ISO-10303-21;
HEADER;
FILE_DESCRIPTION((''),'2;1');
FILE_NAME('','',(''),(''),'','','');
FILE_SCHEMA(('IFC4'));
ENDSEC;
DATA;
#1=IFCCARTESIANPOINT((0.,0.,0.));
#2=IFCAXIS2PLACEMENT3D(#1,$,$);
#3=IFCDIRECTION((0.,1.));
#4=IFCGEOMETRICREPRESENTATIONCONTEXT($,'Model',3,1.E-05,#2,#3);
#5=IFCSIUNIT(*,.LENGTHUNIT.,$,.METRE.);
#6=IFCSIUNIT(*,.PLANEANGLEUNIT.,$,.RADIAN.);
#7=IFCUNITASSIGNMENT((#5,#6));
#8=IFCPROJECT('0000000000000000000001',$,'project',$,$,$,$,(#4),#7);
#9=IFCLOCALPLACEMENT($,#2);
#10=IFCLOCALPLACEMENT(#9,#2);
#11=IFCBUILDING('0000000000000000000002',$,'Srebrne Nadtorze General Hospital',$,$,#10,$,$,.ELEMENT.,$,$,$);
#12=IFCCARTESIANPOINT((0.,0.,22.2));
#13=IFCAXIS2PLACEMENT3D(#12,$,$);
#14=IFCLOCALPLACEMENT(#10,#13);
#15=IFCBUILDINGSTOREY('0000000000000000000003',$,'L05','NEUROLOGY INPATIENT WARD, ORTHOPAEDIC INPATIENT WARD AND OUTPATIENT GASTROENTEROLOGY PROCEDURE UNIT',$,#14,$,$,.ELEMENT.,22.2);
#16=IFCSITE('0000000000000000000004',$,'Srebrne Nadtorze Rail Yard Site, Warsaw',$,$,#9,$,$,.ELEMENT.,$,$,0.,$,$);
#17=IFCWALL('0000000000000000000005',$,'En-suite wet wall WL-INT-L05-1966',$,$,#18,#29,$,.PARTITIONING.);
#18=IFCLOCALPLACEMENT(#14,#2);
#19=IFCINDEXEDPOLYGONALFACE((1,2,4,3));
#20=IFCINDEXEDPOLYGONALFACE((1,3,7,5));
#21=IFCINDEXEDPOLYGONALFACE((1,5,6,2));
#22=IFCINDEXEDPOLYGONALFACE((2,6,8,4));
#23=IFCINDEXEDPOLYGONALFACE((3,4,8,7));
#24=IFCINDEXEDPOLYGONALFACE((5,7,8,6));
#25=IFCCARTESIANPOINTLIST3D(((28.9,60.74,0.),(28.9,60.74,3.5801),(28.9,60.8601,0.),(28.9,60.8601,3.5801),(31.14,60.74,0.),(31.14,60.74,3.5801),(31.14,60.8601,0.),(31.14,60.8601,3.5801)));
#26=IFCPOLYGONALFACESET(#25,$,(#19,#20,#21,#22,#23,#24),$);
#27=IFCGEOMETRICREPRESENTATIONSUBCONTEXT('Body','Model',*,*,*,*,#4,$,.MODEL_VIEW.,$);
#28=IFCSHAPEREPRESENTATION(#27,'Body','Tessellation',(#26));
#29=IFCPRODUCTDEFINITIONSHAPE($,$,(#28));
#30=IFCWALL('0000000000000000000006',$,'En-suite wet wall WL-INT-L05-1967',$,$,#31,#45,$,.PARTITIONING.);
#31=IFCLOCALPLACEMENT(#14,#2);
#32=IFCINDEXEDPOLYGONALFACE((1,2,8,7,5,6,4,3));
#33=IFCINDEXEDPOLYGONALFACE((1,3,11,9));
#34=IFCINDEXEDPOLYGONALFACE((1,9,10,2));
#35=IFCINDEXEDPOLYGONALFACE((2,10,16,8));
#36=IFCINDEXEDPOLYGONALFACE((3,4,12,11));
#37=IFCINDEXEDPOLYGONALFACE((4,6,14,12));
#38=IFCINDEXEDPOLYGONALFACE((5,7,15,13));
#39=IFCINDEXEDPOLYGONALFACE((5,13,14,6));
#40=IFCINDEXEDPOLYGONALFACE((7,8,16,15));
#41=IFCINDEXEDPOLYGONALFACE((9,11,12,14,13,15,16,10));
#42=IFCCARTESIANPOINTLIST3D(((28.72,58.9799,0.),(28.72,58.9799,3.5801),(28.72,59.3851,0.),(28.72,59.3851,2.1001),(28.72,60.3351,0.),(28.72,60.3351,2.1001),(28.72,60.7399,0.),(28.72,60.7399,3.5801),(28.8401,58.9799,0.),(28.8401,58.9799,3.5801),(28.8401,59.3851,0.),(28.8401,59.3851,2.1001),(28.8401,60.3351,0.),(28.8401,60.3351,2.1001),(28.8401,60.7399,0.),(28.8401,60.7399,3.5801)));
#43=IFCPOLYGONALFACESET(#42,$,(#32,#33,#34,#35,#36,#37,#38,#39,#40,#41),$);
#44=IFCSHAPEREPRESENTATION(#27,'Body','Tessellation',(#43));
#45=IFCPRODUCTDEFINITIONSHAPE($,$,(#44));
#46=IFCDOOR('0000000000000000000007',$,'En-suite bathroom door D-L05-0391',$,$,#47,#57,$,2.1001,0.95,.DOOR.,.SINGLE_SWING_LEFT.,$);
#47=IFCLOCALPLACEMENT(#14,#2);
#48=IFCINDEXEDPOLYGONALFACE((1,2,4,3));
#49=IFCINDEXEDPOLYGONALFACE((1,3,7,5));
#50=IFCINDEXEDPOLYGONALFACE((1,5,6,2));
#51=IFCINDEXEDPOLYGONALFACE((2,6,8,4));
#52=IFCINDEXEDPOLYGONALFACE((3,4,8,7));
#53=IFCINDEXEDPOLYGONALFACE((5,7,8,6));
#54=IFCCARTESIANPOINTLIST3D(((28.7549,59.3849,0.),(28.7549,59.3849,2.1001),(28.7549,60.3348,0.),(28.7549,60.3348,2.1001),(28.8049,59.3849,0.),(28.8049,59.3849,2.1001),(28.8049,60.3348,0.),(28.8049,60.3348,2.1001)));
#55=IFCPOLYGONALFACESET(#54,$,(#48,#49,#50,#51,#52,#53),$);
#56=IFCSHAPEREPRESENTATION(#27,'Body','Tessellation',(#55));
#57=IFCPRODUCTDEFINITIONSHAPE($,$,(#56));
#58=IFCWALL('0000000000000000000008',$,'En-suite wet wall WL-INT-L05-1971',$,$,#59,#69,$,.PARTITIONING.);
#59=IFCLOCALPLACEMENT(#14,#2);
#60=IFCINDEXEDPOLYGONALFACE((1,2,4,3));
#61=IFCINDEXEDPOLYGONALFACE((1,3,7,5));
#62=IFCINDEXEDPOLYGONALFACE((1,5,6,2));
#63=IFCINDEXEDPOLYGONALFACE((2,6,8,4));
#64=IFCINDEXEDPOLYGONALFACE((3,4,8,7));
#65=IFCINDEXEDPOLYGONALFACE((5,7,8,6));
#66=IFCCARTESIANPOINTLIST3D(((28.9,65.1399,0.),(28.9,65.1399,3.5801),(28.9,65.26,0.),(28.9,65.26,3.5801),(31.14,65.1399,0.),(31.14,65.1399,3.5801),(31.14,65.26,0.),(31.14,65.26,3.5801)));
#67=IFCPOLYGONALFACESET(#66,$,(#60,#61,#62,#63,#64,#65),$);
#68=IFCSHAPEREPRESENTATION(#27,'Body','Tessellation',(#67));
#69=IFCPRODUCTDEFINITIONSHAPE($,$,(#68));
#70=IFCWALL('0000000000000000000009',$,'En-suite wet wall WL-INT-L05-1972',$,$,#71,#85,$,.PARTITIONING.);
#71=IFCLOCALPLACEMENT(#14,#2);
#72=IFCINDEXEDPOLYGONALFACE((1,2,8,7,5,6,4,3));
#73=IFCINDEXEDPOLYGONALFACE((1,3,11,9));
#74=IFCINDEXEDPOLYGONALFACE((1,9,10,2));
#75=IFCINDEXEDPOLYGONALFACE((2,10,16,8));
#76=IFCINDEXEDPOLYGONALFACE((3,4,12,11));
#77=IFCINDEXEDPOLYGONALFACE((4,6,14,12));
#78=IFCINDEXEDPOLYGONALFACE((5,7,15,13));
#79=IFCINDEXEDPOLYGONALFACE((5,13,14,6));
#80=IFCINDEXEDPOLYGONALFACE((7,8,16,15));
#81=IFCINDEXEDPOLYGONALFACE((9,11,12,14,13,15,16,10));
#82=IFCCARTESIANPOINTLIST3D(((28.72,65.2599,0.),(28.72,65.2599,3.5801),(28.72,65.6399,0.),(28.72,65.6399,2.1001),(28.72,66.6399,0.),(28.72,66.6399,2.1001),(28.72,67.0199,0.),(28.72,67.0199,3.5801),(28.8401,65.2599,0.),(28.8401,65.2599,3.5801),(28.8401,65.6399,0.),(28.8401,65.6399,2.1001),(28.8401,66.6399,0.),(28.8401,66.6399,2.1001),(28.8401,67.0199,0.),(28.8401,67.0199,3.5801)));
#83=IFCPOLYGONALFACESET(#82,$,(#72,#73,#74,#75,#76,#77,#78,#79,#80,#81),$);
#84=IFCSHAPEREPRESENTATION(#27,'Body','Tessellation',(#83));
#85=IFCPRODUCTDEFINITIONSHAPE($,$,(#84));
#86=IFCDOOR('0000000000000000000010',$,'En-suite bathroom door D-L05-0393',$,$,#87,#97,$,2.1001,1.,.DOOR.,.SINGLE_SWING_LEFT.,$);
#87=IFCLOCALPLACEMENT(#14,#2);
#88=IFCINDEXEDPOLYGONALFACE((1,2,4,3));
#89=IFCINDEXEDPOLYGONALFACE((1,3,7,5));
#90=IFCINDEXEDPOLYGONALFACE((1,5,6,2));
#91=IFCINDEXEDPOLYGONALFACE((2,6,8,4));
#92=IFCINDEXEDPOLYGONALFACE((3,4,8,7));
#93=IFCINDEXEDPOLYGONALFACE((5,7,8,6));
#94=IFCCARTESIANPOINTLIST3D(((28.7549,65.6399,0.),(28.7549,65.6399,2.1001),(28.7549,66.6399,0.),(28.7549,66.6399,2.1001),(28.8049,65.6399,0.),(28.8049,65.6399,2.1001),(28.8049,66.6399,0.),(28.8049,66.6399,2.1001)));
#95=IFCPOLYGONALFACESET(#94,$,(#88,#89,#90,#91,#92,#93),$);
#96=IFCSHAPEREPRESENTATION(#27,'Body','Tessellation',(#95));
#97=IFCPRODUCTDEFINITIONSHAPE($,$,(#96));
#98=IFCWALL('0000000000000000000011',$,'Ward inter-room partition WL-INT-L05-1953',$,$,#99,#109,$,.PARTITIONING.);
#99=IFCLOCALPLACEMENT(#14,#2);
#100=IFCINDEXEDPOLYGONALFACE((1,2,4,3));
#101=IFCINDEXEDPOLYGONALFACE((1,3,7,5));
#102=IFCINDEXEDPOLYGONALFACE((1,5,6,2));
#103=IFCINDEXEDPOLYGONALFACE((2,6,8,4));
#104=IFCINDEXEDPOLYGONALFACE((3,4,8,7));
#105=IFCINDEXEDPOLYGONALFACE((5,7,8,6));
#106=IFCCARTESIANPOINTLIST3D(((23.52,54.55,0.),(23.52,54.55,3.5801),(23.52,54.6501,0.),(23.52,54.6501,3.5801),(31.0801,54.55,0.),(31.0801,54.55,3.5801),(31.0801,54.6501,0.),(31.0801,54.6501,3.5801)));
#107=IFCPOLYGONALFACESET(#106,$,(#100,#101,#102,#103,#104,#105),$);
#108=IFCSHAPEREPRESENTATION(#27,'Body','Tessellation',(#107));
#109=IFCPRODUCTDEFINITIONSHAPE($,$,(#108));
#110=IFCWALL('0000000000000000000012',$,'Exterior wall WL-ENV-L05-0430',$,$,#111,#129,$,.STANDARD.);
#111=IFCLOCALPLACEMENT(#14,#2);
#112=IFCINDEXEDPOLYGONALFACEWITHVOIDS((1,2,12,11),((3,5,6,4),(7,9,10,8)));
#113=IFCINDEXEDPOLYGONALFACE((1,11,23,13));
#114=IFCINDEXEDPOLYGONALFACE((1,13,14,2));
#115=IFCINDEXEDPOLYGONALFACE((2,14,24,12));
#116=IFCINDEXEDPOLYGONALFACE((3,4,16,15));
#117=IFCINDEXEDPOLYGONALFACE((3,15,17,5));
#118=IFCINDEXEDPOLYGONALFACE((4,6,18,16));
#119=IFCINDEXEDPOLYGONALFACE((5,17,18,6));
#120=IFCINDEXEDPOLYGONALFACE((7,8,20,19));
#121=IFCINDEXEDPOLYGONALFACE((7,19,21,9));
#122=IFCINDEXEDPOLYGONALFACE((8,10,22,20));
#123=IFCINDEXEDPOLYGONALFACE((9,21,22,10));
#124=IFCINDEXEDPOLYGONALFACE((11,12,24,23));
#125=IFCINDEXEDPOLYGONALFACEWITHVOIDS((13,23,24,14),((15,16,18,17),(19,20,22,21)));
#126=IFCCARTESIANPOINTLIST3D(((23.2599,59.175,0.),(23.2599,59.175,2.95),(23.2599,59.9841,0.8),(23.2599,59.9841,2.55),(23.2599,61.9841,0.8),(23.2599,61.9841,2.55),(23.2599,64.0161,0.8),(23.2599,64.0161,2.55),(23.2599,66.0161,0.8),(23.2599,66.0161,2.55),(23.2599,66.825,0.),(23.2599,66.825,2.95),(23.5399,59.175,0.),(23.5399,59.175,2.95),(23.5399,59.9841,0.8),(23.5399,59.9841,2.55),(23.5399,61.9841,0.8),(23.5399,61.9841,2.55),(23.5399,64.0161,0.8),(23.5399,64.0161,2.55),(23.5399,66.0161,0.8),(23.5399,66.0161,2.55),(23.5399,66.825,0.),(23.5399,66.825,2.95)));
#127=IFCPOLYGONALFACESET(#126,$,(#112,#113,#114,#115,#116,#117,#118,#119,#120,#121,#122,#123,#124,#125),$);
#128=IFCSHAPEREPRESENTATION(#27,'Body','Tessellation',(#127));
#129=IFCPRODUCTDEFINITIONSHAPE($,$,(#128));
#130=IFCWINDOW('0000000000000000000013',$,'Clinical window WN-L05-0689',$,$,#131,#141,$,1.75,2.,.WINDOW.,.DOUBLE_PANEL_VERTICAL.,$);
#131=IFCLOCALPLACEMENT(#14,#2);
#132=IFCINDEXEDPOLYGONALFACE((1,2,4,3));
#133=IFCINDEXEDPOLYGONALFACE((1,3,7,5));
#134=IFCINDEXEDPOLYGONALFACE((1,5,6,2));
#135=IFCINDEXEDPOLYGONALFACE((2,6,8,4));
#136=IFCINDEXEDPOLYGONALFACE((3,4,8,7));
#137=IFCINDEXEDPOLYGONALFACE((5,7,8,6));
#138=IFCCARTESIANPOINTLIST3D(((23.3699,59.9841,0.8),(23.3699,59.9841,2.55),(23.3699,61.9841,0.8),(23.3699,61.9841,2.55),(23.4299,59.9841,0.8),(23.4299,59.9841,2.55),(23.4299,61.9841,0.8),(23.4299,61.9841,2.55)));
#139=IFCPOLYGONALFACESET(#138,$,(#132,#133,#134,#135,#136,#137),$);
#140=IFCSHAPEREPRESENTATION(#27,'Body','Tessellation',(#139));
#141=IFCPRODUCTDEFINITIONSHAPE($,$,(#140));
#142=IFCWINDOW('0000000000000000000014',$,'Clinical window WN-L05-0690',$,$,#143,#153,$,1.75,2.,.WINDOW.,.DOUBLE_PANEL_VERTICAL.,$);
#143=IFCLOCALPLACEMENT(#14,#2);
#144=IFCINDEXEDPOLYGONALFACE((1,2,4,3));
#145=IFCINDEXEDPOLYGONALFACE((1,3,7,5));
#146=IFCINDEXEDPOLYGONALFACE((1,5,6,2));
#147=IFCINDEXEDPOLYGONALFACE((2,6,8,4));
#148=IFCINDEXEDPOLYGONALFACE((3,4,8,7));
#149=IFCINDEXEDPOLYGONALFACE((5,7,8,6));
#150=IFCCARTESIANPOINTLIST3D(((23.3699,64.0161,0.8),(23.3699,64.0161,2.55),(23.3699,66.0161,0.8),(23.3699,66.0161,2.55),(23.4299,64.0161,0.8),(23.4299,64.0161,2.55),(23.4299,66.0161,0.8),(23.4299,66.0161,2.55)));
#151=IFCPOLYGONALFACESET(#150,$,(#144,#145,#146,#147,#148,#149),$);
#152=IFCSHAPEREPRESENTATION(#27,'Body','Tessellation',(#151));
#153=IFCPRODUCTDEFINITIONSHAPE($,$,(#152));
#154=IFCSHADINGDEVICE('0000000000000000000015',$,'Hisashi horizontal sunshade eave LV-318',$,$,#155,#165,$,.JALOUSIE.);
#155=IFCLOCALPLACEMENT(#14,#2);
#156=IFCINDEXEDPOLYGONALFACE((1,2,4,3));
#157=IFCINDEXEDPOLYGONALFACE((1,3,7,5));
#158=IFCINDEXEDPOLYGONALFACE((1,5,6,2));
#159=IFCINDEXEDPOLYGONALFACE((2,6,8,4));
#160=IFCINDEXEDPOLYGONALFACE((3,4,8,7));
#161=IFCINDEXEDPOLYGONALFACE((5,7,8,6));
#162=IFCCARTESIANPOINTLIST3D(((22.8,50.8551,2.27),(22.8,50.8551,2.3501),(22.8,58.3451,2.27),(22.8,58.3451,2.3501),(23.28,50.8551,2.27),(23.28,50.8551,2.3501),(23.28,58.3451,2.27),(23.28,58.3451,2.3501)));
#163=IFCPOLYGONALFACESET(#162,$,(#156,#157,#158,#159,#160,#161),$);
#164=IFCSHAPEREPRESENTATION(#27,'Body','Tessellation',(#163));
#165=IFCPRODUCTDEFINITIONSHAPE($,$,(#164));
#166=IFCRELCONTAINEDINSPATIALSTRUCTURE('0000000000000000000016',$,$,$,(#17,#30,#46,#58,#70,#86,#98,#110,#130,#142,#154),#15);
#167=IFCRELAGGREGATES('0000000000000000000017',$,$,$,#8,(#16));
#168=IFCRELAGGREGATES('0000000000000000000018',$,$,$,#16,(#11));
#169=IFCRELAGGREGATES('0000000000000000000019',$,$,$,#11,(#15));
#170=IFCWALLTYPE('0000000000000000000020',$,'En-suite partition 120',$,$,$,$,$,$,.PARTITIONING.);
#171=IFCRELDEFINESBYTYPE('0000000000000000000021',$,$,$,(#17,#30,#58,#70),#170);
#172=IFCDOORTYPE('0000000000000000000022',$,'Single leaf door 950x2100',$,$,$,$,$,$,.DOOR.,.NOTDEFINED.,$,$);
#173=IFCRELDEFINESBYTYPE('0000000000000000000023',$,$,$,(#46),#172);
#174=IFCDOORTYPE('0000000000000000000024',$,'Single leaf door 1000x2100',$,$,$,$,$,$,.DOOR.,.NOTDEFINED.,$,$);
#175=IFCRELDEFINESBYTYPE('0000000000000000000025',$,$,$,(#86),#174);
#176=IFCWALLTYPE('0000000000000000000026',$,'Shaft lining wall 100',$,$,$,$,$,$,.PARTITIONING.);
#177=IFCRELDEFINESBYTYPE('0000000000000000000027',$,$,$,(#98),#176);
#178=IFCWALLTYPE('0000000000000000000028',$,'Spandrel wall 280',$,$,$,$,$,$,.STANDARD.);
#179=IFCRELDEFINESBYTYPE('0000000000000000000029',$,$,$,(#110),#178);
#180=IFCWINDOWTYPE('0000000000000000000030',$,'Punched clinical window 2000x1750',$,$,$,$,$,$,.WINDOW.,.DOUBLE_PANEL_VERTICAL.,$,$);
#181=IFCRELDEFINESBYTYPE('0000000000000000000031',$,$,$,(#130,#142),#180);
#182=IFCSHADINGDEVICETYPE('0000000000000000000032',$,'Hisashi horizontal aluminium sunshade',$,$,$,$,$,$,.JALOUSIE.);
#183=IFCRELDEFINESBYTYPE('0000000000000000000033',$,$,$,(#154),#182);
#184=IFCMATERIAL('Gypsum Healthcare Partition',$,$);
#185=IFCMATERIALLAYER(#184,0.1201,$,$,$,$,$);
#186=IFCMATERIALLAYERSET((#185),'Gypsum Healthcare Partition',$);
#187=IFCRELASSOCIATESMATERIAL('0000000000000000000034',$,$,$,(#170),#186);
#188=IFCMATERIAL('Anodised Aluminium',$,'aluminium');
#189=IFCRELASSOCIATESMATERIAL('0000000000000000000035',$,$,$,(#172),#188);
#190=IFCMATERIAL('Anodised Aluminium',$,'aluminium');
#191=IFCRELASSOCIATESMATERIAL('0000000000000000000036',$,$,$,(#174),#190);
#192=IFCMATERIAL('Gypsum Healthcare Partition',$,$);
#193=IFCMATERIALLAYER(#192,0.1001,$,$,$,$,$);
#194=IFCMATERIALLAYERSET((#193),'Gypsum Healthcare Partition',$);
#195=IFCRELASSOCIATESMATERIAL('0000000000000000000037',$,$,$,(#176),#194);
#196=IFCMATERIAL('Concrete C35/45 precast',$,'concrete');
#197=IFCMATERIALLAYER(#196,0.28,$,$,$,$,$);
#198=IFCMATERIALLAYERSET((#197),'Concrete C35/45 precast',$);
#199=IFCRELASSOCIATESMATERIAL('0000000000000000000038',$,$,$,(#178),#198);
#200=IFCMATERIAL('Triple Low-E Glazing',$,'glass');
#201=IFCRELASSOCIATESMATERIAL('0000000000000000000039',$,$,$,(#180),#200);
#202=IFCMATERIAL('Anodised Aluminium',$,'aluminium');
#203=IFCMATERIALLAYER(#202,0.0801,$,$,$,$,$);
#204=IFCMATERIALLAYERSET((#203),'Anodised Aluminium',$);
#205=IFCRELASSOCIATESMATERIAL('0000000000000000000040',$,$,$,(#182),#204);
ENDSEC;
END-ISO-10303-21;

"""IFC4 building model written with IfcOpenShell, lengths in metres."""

from ifc_helpers import new_model, si_unit, direction, frame, frame_2d, origin, origin_2d, place, context, subcontext, project, spatial, rectangle, extrude, material, layer, layer_set, type_object, element, fill, save


model = new_model("IFC4")

# Units and contexts
model_context = context("Model", 3, precision=1e-05, world=origin(), true_north=direction((0.0, 1.0)))
body_context = subcontext(model_context, "Body", "Model", "MODEL_VIEW")
ifc_project = project(units=[si_unit("LENGTHUNIT", "METRE"), si_unit("PLANEANGLEUNIT", "RADIAN")], contexts=[model_context])

# Site, building, storey
site_placement = place(None, origin())
site = spatial("IfcSite", under=ifc_project, at=site_placement, Name="Srebrne Nadtorze Rail Yard Site, Warsaw", CompositionType="ELEMENT", RefElevation=0.0)
building_placement = place(site_placement, origin())
building = spatial("IfcBuilding", under=site, at=building_placement, Name="Srebrne Nadtorze General Hospital", CompositionType="ELEMENT")
storey_placement = place(building_placement, frame((0.0, 0.0, 22.2)))
storey = spatial("IfcBuildingStorey", under=building, at=storey_placement, Name="L05", Description="NEUROLOGY INPATIENT WARD, ORTHOPAEDIC INPATIENT WARD AND OUTPATIENT GASTROENTEROLOGY PROCEDURE UNIT", CompositionType="ELEMENT", Elevation=22.2)

# Shared definitions
ifc_material_1 = material(Name="Gypsum Healthcare Partition")
ifc_layer_1 = layer(ifc_material_1, 0.1201)
ifc_layer_set_1 = layer_set([ifc_layer_1], Name="Gypsum Healthcare Partition")
wall_type_1 = type_object("IfcWallType", Name="En-suite partition 120", PredefinedType="PARTITIONING", material=ifc_layer_set_1)

# Wall
wall_1_placement = place(storey_placement, frame((28.8999, 60.8, 0.0), z_axis=(0.0, 0.0, 1.0), x_axis=(1.0, 0.0, 0.0)))
element("IfcWall", 1, at=wall_1_placement, inside=storey, type_object=wall_type_1, Name="En-suite wet wall WL-INT-L05-1966", PredefinedType="PARTITIONING", context=body_context, shape_type="SweptSolid", body=[
    extrude(rectangle(XDim=2.24, YDim=0.1201, at=frame_2d((1.1201, 0.0))), origin(), (0.0, 0.0, 1.0), 3.5801),
])

# Wall, opening, door
wall_2_placement = place(storey_placement, frame((28.78, 58.98, 0.0), z_axis=(0.0, 0.0, 1.0), x_axis=(0.0, 1.0, 0.0)))
wall_2 = element("IfcWall", 2, at=wall_2_placement, inside=storey, type_object=wall_type_1, Name="En-suite wet wall WL-INT-L05-1967", PredefinedType="PARTITIONING", context=body_context, shape_type="SweptSolid", body=[
    extrude(rectangle(XDim=1.76, YDim=0.1201, at=frame_2d((0.8799, 0.0))), origin(), (0.0, 0.0, 1.0), 3.5801),
])
opening_1_placement = place(wall_2_placement, frame((0.405, 0.0, 0.0)))
opening_1 = element("IfcOpeningElement", 3, at=opening_1_placement, cuts=wall_2, PredefinedType="OPENING", context=body_context, shape_type="SweptSolid", body=[
    extrude(rectangle(XDim=0.95, YDim=2.1001, at=frame_2d((0.4751, 1.05))), frame((0.0, 0.072, 0.0), z_axis=(0.0, -1.0, 0.0), x_axis=(1.0, 0.0, 0.0)), (0.0, 0.0, 1.0), 0.144),
])
ifc_material_2 = material(Name="Anodised Aluminium", Category="aluminium")
door_type_1 = type_object("IfcDoorType", Name="Single leaf door 950x2100", OperationType="NOTDEFINED", PredefinedType="DOOR", material=ifc_material_2)
door_1_placement = place(opening_1_placement, frame((0.95, 0.0, 0.0), z_axis=(0.0, 0.0, 1.0), x_axis=(-1.0, 0.0, 0.0)))
door_1 = element("IfcDoor", 4, at=door_1_placement, inside=storey, type_object=door_type_1, Name="En-suite bathroom door D-L05-0391", OperationType="SINGLE_SWING_LEFT", OverallHeight=2.1001, OverallWidth=0.95, PredefinedType="DOOR", context=body_context, shape_type="SweptSolid", body=[
    extrude(rectangle(XDim=0.95, YDim=2.1001, at=frame_2d((0.4751, 1.05))), frame((0.0, 0.0249, 0.0), z_axis=(0.0, -1.0, 0.0), x_axis=(1.0, 0.0, 0.0)), (0.0, 0.0, 1.0), 0.05),
])
fill(opening_1, door_1)

# Wall
wall_3_placement = place(storey_placement, frame((28.8999, 65.2, 0.0), z_axis=(0.0, 0.0, 1.0), x_axis=(1.0, 0.0, 0.0)))
element("IfcWall", 5, at=wall_3_placement, inside=storey, type_object=wall_type_1, Name="En-suite wet wall WL-INT-L05-1971", PredefinedType="PARTITIONING", context=body_context, shape_type="SweptSolid", body=[
    extrude(rectangle(XDim=2.24, YDim=0.1201, at=frame_2d((1.1201, 0.0))), origin(), (0.0, 0.0, 1.0), 3.5801),
])

# Wall, opening, door
wall_4_placement = place(storey_placement, frame((28.78, 65.26, 0.0), z_axis=(0.0, 0.0, 1.0), x_axis=(0.0, 1.0, 0.0)))
wall_4 = element("IfcWall", 6, at=wall_4_placement, inside=storey, type_object=wall_type_1, Name="En-suite wet wall WL-INT-L05-1972", PredefinedType="PARTITIONING", context=body_context, shape_type="SweptSolid", body=[
    extrude(rectangle(XDim=1.76, YDim=0.1201, at=frame_2d((0.8799, 0.0))), origin(), (0.0, 0.0, 1.0), 3.5801),
])
opening_2_placement = place(wall_4_placement, frame((0.3799, 0.0, 0.0)))
opening_2 = element("IfcOpeningElement", 7, at=opening_2_placement, cuts=wall_4, PredefinedType="OPENING", context=body_context, shape_type="SweptSolid", body=[
    extrude(rectangle(XDim=1.0, YDim=2.1001, at=frame_2d((0.5, 1.05))), frame((0.0, 0.072, 0.0), z_axis=(0.0, -1.0, 0.0), x_axis=(1.0, 0.0, 0.0)), (0.0, 0.0, 1.0), 0.144),
])
ifc_material_3 = material(Name="Anodised Aluminium", Category="aluminium")
door_type_2 = type_object("IfcDoorType", Name="Single leaf door 1000x2100", OperationType="NOTDEFINED", PredefinedType="DOOR", material=ifc_material_3)
door_2_placement = place(opening_2_placement, frame((1.0, 0.0, 0.0), z_axis=(0.0, 0.0, 1.0), x_axis=(-1.0, 0.0, 0.0)))
door_2 = element("IfcDoor", 8, at=door_2_placement, inside=storey, type_object=door_type_2, Name="En-suite bathroom door D-L05-0393", OperationType="SINGLE_SWING_LEFT", OverallHeight=2.1001, OverallWidth=1.0, PredefinedType="DOOR", context=body_context, shape_type="SweptSolid", body=[
    extrude(rectangle(XDim=1.0, YDim=2.1001, at=frame_2d((0.5, 1.05))), frame((0.0, 0.0249, 0.0), z_axis=(0.0, -1.0, 0.0), x_axis=(1.0, 0.0, 0.0)), (0.0, 0.0, 1.0), 0.05),
])
fill(opening_2, door_2)

# Wall
ifc_material_4 = material(Name="Gypsum Healthcare Partition")
ifc_layer_2 = layer(ifc_material_4, 0.1001)
ifc_layer_set_2 = layer_set([ifc_layer_2], Name="Gypsum Healthcare Partition")
wall_type_2 = type_object("IfcWallType", Name="Shaft lining wall 100", PredefinedType="PARTITIONING", material=ifc_layer_set_2)
wall_5_placement = place(storey_placement, frame((23.52, 54.6001, 0.0), z_axis=(0.0, 0.0, 1.0), x_axis=(1.0, 0.0, 0.0)))
element("IfcWall", 9, at=wall_5_placement, inside=storey, type_object=wall_type_2, Name="Ward inter-room partition WL-INT-L05-1953", PredefinedType="PARTITIONING", context=body_context, shape_type="SweptSolid", body=[
    extrude(rectangle(XDim=7.5601, YDim=0.1001, at=frame_2d((3.78, 0.0))), origin(), (0.0, 0.0, 1.0), 3.5801),
])

# Wall, openings, windows
ifc_material_5 = material(Name="Concrete C35/45 precast", Category="concrete")
ifc_layer_3 = layer(ifc_material_5, 0.28)
ifc_layer_set_3 = layer_set([ifc_layer_3], Name="Concrete C35/45 precast")
wall_type_3 = type_object("IfcWallType", Name="Spandrel wall 280", PredefinedType="STANDARD", material=ifc_layer_set_3)
wall_6_placement = place(storey_placement, frame((23.3999, 59.175, 0.0), z_axis=(0.0, 0.0, 1.0), x_axis=(0.0, 1.0, 0.0)))
wall_6 = element("IfcWall", 10, at=wall_6_placement, inside=storey, type_object=wall_type_3, Name="Exterior wall WL-ENV-L05-0430", PredefinedType="STANDARD", context=body_context, shape_type="SweptSolid", body=[
    extrude(rectangle(XDim=7.6499, YDim=0.28, at=frame_2d((3.825, 0.0))), origin(), (0.0, 0.0, 1.0), 2.95),
])
opening_3_placement = place(wall_6_placement, frame((0.8091, 0.0, 0.8)))
opening_3 = element("IfcOpeningElement", 11, at=opening_3_placement, cuts=wall_6, PredefinedType="OPENING", context=body_context, shape_type="SweptSolid", body=[
    extrude(rectangle(XDim=2.0, YDim=1.75, at=frame_2d((1.0, 0.875))), frame((0.0, 0.1519, 0.0), z_axis=(0.0, -1.0, 0.0), x_axis=(1.0, 0.0, 0.0)), (0.0, 0.0, 1.0), 0.304),
])
opening_4_placement = place(wall_6_placement, frame((4.8411, 0.0, 0.8)))
opening_4 = element("IfcOpeningElement", 12, at=opening_4_placement, cuts=wall_6, PredefinedType="OPENING", context=body_context, shape_type="SweptSolid", body=[
    extrude(rectangle(XDim=2.0, YDim=1.75, at=frame_2d((1.0, 0.875))), frame((0.0, 0.1519, 0.0), z_axis=(0.0, -1.0, 0.0), x_axis=(1.0, 0.0, 0.0)), (0.0, 0.0, 1.0), 0.304),
])
ifc_material_6 = material(Name="Triple Low-E Glazing", Category="glass")
window_type = type_object("IfcWindowType", Name="Punched clinical window 2000x1750", PartitioningType="DOUBLE_PANEL_VERTICAL", PredefinedType="WINDOW", material=ifc_material_6)
window_1_placement = place(opening_3_placement, origin())
window_1 = element("IfcWindow", 13, at=window_1_placement, inside=storey, type_object=window_type, Name="Clinical window WN-L05-0689", OverallHeight=1.75, OverallWidth=2.0, PartitioningType="DOUBLE_PANEL_VERTICAL", PredefinedType="WINDOW", context=body_context, shape_type="SweptSolid", body=[
    extrude(rectangle(XDim=2.0, YDim=1.75, at=frame_2d((1.0, 0.875))), frame((0.0, 0.03, 0.0), z_axis=(0.0, -1.0, 0.0), x_axis=(1.0, 0.0, 0.0)), (0.0, 0.0, 1.0), 0.0601),
])
fill(opening_3, window_1)
window_2_placement = place(opening_4_placement, origin())
window_2 = element("IfcWindow", 14, at=window_2_placement, inside=storey, type_object=window_type, Name="Clinical window WN-L05-0690", OverallHeight=1.75, OverallWidth=2.0, PartitioningType="DOUBLE_PANEL_VERTICAL", PredefinedType="WINDOW", context=body_context, shape_type="SweptSolid", body=[
    extrude(rectangle(XDim=2.0, YDim=1.75, at=frame_2d((1.0, 0.875))), frame((0.0, 0.03, 0.0), z_axis=(0.0, -1.0, 0.0), x_axis=(1.0, 0.0, 0.0)), (0.0, 0.0, 1.0), 0.0601),
])
fill(opening_4, window_2)

# Shading device
ifc_material_7 = material(Name="Anodised Aluminium", Category="aluminium")
ifc_layer_4 = layer(ifc_material_7, 0.0801)
ifc_layer_set_4 = layer_set([ifc_layer_4], Name="Anodised Aluminium")
shading_device_type = type_object("IfcShadingDeviceType", Name="Hisashi horizontal aluminium sunshade", PredefinedType="JALOUSIE", material=ifc_layer_set_4)
for number, where, z_axis, x_axis, name in (
    (15, (23.04, 54.6001, 2.27), (0.0, 0.0, 1.0), (1.0, 0.0, 0.0), "Hisashi horizontal sunshade eave LV-318"),
):
    element("IfcShadingDevice", number, at=place(storey_placement, frame(where, z_axis=z_axis, x_axis=x_axis)), inside=storey, type_object=shading_device_type, Name=name, PredefinedType="JALOUSIE", context=body_context, shape_type="SweptSolid", body=[
        extrude(rectangle(XDim=0.48, YDim=7.49, at=origin_2d()), origin(), (0.0, 0.0, 1.0), 0.0801),
    ])

save(model, "model.ifc")
